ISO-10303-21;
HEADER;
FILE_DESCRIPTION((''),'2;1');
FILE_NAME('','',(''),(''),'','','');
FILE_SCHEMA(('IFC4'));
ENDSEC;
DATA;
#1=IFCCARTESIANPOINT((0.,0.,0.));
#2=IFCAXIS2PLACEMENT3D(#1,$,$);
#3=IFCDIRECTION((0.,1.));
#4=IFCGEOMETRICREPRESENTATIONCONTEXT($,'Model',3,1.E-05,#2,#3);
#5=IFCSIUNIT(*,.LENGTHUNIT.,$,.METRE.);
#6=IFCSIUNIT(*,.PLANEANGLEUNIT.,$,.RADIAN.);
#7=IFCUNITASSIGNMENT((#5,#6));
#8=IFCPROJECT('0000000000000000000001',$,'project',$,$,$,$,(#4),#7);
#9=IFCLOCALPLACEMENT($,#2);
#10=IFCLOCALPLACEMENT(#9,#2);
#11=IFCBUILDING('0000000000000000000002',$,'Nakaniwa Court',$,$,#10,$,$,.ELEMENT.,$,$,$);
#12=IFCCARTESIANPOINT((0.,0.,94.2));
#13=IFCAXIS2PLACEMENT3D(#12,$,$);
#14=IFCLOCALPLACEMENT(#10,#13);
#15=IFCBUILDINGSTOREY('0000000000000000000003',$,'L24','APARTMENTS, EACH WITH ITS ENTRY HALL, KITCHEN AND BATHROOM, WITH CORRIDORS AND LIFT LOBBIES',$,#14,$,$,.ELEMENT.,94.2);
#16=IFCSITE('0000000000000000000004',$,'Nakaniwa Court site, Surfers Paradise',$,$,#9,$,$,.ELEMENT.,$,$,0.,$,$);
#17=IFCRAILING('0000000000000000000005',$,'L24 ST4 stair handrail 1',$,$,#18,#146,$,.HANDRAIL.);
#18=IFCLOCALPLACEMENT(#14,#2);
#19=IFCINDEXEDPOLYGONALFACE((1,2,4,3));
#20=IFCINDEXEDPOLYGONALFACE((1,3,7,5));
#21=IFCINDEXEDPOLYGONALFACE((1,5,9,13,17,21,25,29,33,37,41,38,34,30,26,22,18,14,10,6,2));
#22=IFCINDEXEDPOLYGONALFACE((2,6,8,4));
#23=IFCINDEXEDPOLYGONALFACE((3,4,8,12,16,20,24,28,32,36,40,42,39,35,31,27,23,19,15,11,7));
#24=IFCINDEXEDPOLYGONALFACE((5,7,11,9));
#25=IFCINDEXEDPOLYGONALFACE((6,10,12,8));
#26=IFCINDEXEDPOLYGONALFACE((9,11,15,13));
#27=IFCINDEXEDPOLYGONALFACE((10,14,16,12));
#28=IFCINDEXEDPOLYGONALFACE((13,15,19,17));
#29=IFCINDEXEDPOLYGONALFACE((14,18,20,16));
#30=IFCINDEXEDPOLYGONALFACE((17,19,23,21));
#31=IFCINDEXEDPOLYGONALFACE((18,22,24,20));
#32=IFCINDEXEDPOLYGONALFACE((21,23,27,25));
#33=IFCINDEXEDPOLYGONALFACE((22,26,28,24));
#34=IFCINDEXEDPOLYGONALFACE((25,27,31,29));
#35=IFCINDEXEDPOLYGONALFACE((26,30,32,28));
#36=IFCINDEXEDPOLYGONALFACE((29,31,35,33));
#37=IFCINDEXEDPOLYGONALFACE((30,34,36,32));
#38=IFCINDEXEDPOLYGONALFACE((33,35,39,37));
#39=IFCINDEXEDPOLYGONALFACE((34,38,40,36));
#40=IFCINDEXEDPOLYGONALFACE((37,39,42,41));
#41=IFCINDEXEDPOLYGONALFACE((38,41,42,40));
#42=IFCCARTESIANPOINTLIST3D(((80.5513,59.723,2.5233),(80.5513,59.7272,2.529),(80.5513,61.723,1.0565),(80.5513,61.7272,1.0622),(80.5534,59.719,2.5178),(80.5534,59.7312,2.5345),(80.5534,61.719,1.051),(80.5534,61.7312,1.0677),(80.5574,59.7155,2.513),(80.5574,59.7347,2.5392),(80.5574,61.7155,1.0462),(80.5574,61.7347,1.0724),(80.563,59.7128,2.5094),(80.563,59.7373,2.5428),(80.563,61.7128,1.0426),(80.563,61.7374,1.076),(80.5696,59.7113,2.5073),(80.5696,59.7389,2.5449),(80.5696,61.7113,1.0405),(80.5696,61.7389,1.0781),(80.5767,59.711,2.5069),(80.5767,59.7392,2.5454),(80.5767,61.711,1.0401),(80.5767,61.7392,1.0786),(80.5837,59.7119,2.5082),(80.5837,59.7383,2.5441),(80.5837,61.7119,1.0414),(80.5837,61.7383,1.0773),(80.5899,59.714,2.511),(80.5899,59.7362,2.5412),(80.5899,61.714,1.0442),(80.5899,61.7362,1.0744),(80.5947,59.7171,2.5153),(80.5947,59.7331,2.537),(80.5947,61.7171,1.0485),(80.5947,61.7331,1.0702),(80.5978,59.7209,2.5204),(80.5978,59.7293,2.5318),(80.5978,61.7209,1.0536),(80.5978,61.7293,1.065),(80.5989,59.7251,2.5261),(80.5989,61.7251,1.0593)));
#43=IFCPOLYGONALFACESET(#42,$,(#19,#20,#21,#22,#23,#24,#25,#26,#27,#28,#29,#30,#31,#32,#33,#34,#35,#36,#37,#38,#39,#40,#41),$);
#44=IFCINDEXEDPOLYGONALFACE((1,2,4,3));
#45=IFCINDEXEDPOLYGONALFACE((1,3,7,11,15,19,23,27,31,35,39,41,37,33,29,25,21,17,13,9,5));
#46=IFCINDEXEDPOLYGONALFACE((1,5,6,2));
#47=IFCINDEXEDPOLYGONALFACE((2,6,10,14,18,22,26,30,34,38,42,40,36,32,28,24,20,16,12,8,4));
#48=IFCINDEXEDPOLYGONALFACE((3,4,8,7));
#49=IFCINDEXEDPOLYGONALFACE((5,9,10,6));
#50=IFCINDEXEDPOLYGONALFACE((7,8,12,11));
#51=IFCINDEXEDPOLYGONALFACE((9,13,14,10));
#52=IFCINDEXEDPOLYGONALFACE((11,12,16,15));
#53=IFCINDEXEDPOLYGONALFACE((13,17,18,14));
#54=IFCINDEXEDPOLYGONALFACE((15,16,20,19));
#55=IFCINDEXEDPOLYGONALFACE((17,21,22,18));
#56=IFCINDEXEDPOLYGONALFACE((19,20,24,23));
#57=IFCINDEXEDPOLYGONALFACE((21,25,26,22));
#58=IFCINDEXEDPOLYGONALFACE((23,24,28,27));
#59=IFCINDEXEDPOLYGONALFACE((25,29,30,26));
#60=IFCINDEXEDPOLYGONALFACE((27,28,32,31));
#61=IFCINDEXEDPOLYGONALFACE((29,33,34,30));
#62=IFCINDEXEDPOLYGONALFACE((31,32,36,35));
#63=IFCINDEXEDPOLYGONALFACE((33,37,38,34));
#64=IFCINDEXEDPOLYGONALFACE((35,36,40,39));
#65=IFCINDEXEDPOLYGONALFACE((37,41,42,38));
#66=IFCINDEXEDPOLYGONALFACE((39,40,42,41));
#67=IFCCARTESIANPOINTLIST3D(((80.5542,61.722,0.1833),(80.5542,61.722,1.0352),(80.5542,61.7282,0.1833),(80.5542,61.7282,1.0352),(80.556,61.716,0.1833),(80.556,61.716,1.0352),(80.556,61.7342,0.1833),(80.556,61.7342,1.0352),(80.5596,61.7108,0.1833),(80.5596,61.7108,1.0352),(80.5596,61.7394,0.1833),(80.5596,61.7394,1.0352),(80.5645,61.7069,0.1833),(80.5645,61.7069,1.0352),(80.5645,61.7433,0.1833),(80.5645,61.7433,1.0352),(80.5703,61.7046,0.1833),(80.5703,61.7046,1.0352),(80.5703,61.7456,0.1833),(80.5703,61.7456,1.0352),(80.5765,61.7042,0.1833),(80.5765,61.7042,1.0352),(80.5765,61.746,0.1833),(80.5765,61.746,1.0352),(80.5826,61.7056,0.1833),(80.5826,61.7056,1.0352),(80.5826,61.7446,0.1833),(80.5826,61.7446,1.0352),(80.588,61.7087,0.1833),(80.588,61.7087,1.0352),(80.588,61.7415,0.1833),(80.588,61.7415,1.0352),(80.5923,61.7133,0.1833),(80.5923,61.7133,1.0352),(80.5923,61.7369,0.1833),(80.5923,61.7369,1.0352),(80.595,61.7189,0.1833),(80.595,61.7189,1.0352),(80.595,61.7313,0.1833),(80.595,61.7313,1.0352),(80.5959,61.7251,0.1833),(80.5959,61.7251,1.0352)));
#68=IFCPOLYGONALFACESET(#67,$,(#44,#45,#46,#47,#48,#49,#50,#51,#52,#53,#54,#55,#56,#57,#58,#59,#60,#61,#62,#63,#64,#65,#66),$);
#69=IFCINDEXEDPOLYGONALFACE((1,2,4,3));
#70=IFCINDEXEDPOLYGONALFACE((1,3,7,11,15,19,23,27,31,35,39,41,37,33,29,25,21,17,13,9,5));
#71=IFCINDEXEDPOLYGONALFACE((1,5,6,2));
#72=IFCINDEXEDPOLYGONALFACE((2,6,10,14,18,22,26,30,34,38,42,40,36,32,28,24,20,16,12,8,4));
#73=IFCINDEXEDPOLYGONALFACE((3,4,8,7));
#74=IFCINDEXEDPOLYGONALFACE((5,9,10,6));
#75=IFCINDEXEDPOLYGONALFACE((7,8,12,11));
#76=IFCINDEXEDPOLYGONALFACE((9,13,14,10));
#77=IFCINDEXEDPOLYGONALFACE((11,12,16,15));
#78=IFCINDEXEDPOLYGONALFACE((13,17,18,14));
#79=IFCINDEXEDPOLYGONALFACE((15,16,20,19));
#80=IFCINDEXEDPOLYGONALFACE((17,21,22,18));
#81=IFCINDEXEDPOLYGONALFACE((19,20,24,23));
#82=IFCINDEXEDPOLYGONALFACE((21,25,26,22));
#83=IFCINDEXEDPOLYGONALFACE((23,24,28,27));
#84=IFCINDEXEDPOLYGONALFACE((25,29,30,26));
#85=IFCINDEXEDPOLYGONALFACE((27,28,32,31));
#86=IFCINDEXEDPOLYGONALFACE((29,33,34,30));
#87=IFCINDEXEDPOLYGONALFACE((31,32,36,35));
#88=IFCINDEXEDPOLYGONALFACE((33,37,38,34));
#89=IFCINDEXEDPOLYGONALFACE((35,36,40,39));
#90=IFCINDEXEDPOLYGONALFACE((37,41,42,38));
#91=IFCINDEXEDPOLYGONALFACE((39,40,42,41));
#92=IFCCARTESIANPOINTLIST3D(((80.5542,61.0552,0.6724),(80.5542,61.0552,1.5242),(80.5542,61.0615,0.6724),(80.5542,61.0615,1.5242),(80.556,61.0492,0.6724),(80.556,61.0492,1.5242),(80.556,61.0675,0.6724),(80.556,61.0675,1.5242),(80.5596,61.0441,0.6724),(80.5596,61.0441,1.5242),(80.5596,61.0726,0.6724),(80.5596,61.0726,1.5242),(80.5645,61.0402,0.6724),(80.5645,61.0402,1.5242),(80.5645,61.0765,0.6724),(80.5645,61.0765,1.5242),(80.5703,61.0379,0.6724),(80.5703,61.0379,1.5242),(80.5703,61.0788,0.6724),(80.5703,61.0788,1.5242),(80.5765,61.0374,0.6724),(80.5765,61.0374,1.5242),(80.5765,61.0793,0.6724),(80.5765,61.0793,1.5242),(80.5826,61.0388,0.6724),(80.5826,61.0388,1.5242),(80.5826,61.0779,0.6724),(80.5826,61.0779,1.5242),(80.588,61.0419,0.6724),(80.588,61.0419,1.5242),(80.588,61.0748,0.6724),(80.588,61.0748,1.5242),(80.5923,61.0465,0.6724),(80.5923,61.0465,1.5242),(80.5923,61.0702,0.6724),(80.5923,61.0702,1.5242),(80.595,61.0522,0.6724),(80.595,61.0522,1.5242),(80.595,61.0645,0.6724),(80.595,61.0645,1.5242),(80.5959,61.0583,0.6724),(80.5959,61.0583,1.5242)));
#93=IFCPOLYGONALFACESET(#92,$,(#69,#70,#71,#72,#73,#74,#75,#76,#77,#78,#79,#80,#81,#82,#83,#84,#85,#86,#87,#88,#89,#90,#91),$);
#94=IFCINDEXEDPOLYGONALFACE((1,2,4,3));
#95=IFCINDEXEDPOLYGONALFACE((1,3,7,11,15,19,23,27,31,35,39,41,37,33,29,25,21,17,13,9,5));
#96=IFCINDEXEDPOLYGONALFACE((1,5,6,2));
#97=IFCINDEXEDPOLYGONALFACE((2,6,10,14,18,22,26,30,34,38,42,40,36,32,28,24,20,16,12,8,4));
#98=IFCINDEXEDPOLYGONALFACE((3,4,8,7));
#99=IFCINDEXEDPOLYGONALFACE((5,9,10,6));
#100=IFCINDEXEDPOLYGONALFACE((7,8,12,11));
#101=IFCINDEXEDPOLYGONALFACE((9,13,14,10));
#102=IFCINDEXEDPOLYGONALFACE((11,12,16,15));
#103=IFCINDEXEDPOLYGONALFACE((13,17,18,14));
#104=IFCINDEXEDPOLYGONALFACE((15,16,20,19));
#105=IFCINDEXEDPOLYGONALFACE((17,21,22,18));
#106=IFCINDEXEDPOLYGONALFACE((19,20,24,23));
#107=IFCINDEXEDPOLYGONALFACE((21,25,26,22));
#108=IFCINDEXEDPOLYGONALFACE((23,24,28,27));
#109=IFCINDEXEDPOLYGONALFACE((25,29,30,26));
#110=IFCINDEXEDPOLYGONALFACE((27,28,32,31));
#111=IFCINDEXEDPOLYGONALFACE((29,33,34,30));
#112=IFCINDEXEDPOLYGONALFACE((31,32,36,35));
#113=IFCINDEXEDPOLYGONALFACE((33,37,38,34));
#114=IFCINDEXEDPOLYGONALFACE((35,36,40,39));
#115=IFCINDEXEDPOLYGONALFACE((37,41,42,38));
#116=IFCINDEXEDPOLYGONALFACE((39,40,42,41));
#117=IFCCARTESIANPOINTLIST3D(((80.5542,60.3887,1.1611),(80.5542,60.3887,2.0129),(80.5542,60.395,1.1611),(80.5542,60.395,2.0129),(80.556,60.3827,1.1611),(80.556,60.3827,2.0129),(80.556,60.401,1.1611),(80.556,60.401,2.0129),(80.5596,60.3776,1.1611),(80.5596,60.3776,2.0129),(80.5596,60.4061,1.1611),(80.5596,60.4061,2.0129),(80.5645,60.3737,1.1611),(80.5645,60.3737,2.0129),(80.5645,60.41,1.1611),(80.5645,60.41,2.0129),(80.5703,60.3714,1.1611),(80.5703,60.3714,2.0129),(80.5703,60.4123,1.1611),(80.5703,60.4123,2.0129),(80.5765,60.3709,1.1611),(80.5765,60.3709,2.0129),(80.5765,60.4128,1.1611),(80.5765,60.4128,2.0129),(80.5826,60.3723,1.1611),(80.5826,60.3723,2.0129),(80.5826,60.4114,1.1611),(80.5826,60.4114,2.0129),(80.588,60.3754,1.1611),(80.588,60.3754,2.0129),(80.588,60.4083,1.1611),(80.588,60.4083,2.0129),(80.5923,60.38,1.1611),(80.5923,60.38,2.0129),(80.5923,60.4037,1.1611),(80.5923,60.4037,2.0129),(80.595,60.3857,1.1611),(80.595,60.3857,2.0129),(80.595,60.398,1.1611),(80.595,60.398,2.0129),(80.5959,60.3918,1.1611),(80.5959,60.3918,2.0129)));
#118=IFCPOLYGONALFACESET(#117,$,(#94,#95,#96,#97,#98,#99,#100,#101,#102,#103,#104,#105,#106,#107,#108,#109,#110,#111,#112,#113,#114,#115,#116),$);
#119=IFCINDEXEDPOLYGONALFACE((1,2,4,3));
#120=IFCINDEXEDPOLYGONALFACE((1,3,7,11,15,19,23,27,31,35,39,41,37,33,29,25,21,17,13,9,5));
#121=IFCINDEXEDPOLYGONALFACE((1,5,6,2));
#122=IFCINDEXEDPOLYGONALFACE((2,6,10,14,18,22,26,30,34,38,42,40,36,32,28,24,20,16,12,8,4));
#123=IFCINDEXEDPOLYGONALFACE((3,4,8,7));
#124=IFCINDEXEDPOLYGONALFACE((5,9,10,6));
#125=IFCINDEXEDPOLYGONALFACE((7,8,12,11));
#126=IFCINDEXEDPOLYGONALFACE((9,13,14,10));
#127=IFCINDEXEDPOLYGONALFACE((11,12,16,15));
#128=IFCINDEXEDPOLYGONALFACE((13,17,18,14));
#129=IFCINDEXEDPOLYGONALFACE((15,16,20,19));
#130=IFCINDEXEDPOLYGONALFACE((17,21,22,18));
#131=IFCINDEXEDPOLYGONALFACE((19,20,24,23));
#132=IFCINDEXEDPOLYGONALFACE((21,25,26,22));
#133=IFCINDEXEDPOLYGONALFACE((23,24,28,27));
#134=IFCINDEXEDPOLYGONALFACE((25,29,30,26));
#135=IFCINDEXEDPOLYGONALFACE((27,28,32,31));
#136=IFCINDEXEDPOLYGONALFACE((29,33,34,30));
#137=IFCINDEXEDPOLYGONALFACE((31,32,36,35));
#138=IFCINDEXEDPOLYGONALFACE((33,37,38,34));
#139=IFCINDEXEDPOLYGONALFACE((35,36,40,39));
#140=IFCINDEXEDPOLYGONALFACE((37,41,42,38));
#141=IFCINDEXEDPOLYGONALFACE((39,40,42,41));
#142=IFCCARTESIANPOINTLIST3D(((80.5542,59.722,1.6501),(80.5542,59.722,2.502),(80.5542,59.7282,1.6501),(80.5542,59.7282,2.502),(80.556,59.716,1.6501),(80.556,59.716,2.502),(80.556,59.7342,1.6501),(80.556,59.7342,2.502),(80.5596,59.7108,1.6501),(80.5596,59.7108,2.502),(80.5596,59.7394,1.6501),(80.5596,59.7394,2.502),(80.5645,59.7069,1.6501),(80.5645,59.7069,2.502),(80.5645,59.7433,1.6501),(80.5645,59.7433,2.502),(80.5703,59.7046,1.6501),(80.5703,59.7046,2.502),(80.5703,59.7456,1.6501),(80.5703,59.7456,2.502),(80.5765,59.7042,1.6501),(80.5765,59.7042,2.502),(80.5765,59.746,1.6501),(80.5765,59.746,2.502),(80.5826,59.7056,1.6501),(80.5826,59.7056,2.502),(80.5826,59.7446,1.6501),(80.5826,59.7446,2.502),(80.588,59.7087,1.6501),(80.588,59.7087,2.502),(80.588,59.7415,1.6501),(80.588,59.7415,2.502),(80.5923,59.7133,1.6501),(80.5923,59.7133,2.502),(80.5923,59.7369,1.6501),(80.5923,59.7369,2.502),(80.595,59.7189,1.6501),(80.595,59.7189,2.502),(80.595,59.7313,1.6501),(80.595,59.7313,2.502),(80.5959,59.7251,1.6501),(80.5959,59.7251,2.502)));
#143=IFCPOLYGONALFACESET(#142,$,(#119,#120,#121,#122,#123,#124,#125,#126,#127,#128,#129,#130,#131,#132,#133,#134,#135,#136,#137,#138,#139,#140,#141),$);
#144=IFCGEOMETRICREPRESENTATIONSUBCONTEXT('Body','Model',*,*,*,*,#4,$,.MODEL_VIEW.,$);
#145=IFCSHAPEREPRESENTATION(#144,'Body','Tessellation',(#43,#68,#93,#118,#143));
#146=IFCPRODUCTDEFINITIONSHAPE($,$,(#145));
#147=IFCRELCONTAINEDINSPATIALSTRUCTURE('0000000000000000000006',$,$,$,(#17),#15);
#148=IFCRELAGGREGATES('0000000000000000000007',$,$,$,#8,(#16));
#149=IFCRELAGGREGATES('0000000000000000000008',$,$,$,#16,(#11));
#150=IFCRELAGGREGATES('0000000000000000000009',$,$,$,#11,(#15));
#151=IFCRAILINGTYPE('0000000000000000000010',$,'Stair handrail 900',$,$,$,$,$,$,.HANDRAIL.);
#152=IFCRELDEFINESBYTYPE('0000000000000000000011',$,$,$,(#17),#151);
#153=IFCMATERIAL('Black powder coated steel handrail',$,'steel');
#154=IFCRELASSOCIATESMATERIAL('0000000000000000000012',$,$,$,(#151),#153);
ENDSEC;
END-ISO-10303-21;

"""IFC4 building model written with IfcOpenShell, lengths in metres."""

from ifc_helpers import new_model, si_unit, direction, frame, origin, origin_2d, place, context, subcontext, project, spatial, circle, extrude, material, type_object, element, save


model = new_model("IFC4")

# Units and contexts
model_context = context("Model", 3, precision=1e-05, world=origin(), true_north=direction((0.0, 1.0)))
body_context = subcontext(model_context, "Body", "Model", "MODEL_VIEW")
ifc_project = project(units=[si_unit("LENGTHUNIT", "METRE"), si_unit("PLANEANGLEUNIT", "RADIAN")], contexts=[model_context])

# Site, building, storey
site_placement = place(None, origin())
site = spatial("IfcSite", under=ifc_project, at=site_placement, Name="Nakaniwa Court site, Surfers Paradise", CompositionType="ELEMENT", RefElevation=0.0)
building_placement = place(site_placement, origin())
building = spatial("IfcBuilding", under=site, at=building_placement, Name="Nakaniwa Court", CompositionType="ELEMENT")
storey_placement = place(building_placement, frame((0.0, 0.0, 94.2)))
storey = spatial("IfcBuildingStorey", under=building, at=storey_placement, Name="L24", Description="APARTMENTS, EACH WITH ITS ENTRY HALL, KITCHEN AND BATHROOM, WITH CORRIDORS AND LIFT LOBBIES", CompositionType="ELEMENT", Elevation=94.2)

# Railing
ifc_material_1 = material(Name="Black powder coated steel handrail", Category="steel")
railing_type_1 = type_object("IfcRailingType", Name="Stair handrail 900", PredefinedType="HANDRAIL", material=ifc_material_1)
railing_1_placement = place(storey_placement, frame((80.575, 61.7251, 0.1833)))
element("IfcRailing", 1, at=railing_1_placement, inside=storey, type_object=railing_type_1, Name="L24 ST4 stair handrail 1", PredefinedType="HANDRAIL", context=body_context, shape_type="SweptSolid", body=[
    extrude(circle(Radius=0.0239, at=origin_2d()), frame((0.0, 0.0, 0.876), z_axis=(0.0, -0.80638, 0.591398), x_axis=(1.0, 0.0, 0.0)), (0.0, 0.0, 1.0), 2.4802),
    extrude(circle(Radius=0.021, at=origin_2d()), origin(), (0.0, 0.0, 1.0), 0.8518),
    extrude(circle(Radius=0.021, at=origin_2d()), frame((0.0, -0.6667, 0.489)), (0.0, 0.0, 1.0), 0.8518),
    extrude(circle(Radius=0.021, at=origin_2d()), frame((0.0, -1.3333, 0.9778)), (0.0, 0.0, 1.0), 0.8518),
    extrude(circle(Radius=0.021, at=origin_2d()), frame((0.0, -2.0, 1.4668)), (0.0, 0.0, 1.0), 0.8518),
])

save(model, "model.ifc")
